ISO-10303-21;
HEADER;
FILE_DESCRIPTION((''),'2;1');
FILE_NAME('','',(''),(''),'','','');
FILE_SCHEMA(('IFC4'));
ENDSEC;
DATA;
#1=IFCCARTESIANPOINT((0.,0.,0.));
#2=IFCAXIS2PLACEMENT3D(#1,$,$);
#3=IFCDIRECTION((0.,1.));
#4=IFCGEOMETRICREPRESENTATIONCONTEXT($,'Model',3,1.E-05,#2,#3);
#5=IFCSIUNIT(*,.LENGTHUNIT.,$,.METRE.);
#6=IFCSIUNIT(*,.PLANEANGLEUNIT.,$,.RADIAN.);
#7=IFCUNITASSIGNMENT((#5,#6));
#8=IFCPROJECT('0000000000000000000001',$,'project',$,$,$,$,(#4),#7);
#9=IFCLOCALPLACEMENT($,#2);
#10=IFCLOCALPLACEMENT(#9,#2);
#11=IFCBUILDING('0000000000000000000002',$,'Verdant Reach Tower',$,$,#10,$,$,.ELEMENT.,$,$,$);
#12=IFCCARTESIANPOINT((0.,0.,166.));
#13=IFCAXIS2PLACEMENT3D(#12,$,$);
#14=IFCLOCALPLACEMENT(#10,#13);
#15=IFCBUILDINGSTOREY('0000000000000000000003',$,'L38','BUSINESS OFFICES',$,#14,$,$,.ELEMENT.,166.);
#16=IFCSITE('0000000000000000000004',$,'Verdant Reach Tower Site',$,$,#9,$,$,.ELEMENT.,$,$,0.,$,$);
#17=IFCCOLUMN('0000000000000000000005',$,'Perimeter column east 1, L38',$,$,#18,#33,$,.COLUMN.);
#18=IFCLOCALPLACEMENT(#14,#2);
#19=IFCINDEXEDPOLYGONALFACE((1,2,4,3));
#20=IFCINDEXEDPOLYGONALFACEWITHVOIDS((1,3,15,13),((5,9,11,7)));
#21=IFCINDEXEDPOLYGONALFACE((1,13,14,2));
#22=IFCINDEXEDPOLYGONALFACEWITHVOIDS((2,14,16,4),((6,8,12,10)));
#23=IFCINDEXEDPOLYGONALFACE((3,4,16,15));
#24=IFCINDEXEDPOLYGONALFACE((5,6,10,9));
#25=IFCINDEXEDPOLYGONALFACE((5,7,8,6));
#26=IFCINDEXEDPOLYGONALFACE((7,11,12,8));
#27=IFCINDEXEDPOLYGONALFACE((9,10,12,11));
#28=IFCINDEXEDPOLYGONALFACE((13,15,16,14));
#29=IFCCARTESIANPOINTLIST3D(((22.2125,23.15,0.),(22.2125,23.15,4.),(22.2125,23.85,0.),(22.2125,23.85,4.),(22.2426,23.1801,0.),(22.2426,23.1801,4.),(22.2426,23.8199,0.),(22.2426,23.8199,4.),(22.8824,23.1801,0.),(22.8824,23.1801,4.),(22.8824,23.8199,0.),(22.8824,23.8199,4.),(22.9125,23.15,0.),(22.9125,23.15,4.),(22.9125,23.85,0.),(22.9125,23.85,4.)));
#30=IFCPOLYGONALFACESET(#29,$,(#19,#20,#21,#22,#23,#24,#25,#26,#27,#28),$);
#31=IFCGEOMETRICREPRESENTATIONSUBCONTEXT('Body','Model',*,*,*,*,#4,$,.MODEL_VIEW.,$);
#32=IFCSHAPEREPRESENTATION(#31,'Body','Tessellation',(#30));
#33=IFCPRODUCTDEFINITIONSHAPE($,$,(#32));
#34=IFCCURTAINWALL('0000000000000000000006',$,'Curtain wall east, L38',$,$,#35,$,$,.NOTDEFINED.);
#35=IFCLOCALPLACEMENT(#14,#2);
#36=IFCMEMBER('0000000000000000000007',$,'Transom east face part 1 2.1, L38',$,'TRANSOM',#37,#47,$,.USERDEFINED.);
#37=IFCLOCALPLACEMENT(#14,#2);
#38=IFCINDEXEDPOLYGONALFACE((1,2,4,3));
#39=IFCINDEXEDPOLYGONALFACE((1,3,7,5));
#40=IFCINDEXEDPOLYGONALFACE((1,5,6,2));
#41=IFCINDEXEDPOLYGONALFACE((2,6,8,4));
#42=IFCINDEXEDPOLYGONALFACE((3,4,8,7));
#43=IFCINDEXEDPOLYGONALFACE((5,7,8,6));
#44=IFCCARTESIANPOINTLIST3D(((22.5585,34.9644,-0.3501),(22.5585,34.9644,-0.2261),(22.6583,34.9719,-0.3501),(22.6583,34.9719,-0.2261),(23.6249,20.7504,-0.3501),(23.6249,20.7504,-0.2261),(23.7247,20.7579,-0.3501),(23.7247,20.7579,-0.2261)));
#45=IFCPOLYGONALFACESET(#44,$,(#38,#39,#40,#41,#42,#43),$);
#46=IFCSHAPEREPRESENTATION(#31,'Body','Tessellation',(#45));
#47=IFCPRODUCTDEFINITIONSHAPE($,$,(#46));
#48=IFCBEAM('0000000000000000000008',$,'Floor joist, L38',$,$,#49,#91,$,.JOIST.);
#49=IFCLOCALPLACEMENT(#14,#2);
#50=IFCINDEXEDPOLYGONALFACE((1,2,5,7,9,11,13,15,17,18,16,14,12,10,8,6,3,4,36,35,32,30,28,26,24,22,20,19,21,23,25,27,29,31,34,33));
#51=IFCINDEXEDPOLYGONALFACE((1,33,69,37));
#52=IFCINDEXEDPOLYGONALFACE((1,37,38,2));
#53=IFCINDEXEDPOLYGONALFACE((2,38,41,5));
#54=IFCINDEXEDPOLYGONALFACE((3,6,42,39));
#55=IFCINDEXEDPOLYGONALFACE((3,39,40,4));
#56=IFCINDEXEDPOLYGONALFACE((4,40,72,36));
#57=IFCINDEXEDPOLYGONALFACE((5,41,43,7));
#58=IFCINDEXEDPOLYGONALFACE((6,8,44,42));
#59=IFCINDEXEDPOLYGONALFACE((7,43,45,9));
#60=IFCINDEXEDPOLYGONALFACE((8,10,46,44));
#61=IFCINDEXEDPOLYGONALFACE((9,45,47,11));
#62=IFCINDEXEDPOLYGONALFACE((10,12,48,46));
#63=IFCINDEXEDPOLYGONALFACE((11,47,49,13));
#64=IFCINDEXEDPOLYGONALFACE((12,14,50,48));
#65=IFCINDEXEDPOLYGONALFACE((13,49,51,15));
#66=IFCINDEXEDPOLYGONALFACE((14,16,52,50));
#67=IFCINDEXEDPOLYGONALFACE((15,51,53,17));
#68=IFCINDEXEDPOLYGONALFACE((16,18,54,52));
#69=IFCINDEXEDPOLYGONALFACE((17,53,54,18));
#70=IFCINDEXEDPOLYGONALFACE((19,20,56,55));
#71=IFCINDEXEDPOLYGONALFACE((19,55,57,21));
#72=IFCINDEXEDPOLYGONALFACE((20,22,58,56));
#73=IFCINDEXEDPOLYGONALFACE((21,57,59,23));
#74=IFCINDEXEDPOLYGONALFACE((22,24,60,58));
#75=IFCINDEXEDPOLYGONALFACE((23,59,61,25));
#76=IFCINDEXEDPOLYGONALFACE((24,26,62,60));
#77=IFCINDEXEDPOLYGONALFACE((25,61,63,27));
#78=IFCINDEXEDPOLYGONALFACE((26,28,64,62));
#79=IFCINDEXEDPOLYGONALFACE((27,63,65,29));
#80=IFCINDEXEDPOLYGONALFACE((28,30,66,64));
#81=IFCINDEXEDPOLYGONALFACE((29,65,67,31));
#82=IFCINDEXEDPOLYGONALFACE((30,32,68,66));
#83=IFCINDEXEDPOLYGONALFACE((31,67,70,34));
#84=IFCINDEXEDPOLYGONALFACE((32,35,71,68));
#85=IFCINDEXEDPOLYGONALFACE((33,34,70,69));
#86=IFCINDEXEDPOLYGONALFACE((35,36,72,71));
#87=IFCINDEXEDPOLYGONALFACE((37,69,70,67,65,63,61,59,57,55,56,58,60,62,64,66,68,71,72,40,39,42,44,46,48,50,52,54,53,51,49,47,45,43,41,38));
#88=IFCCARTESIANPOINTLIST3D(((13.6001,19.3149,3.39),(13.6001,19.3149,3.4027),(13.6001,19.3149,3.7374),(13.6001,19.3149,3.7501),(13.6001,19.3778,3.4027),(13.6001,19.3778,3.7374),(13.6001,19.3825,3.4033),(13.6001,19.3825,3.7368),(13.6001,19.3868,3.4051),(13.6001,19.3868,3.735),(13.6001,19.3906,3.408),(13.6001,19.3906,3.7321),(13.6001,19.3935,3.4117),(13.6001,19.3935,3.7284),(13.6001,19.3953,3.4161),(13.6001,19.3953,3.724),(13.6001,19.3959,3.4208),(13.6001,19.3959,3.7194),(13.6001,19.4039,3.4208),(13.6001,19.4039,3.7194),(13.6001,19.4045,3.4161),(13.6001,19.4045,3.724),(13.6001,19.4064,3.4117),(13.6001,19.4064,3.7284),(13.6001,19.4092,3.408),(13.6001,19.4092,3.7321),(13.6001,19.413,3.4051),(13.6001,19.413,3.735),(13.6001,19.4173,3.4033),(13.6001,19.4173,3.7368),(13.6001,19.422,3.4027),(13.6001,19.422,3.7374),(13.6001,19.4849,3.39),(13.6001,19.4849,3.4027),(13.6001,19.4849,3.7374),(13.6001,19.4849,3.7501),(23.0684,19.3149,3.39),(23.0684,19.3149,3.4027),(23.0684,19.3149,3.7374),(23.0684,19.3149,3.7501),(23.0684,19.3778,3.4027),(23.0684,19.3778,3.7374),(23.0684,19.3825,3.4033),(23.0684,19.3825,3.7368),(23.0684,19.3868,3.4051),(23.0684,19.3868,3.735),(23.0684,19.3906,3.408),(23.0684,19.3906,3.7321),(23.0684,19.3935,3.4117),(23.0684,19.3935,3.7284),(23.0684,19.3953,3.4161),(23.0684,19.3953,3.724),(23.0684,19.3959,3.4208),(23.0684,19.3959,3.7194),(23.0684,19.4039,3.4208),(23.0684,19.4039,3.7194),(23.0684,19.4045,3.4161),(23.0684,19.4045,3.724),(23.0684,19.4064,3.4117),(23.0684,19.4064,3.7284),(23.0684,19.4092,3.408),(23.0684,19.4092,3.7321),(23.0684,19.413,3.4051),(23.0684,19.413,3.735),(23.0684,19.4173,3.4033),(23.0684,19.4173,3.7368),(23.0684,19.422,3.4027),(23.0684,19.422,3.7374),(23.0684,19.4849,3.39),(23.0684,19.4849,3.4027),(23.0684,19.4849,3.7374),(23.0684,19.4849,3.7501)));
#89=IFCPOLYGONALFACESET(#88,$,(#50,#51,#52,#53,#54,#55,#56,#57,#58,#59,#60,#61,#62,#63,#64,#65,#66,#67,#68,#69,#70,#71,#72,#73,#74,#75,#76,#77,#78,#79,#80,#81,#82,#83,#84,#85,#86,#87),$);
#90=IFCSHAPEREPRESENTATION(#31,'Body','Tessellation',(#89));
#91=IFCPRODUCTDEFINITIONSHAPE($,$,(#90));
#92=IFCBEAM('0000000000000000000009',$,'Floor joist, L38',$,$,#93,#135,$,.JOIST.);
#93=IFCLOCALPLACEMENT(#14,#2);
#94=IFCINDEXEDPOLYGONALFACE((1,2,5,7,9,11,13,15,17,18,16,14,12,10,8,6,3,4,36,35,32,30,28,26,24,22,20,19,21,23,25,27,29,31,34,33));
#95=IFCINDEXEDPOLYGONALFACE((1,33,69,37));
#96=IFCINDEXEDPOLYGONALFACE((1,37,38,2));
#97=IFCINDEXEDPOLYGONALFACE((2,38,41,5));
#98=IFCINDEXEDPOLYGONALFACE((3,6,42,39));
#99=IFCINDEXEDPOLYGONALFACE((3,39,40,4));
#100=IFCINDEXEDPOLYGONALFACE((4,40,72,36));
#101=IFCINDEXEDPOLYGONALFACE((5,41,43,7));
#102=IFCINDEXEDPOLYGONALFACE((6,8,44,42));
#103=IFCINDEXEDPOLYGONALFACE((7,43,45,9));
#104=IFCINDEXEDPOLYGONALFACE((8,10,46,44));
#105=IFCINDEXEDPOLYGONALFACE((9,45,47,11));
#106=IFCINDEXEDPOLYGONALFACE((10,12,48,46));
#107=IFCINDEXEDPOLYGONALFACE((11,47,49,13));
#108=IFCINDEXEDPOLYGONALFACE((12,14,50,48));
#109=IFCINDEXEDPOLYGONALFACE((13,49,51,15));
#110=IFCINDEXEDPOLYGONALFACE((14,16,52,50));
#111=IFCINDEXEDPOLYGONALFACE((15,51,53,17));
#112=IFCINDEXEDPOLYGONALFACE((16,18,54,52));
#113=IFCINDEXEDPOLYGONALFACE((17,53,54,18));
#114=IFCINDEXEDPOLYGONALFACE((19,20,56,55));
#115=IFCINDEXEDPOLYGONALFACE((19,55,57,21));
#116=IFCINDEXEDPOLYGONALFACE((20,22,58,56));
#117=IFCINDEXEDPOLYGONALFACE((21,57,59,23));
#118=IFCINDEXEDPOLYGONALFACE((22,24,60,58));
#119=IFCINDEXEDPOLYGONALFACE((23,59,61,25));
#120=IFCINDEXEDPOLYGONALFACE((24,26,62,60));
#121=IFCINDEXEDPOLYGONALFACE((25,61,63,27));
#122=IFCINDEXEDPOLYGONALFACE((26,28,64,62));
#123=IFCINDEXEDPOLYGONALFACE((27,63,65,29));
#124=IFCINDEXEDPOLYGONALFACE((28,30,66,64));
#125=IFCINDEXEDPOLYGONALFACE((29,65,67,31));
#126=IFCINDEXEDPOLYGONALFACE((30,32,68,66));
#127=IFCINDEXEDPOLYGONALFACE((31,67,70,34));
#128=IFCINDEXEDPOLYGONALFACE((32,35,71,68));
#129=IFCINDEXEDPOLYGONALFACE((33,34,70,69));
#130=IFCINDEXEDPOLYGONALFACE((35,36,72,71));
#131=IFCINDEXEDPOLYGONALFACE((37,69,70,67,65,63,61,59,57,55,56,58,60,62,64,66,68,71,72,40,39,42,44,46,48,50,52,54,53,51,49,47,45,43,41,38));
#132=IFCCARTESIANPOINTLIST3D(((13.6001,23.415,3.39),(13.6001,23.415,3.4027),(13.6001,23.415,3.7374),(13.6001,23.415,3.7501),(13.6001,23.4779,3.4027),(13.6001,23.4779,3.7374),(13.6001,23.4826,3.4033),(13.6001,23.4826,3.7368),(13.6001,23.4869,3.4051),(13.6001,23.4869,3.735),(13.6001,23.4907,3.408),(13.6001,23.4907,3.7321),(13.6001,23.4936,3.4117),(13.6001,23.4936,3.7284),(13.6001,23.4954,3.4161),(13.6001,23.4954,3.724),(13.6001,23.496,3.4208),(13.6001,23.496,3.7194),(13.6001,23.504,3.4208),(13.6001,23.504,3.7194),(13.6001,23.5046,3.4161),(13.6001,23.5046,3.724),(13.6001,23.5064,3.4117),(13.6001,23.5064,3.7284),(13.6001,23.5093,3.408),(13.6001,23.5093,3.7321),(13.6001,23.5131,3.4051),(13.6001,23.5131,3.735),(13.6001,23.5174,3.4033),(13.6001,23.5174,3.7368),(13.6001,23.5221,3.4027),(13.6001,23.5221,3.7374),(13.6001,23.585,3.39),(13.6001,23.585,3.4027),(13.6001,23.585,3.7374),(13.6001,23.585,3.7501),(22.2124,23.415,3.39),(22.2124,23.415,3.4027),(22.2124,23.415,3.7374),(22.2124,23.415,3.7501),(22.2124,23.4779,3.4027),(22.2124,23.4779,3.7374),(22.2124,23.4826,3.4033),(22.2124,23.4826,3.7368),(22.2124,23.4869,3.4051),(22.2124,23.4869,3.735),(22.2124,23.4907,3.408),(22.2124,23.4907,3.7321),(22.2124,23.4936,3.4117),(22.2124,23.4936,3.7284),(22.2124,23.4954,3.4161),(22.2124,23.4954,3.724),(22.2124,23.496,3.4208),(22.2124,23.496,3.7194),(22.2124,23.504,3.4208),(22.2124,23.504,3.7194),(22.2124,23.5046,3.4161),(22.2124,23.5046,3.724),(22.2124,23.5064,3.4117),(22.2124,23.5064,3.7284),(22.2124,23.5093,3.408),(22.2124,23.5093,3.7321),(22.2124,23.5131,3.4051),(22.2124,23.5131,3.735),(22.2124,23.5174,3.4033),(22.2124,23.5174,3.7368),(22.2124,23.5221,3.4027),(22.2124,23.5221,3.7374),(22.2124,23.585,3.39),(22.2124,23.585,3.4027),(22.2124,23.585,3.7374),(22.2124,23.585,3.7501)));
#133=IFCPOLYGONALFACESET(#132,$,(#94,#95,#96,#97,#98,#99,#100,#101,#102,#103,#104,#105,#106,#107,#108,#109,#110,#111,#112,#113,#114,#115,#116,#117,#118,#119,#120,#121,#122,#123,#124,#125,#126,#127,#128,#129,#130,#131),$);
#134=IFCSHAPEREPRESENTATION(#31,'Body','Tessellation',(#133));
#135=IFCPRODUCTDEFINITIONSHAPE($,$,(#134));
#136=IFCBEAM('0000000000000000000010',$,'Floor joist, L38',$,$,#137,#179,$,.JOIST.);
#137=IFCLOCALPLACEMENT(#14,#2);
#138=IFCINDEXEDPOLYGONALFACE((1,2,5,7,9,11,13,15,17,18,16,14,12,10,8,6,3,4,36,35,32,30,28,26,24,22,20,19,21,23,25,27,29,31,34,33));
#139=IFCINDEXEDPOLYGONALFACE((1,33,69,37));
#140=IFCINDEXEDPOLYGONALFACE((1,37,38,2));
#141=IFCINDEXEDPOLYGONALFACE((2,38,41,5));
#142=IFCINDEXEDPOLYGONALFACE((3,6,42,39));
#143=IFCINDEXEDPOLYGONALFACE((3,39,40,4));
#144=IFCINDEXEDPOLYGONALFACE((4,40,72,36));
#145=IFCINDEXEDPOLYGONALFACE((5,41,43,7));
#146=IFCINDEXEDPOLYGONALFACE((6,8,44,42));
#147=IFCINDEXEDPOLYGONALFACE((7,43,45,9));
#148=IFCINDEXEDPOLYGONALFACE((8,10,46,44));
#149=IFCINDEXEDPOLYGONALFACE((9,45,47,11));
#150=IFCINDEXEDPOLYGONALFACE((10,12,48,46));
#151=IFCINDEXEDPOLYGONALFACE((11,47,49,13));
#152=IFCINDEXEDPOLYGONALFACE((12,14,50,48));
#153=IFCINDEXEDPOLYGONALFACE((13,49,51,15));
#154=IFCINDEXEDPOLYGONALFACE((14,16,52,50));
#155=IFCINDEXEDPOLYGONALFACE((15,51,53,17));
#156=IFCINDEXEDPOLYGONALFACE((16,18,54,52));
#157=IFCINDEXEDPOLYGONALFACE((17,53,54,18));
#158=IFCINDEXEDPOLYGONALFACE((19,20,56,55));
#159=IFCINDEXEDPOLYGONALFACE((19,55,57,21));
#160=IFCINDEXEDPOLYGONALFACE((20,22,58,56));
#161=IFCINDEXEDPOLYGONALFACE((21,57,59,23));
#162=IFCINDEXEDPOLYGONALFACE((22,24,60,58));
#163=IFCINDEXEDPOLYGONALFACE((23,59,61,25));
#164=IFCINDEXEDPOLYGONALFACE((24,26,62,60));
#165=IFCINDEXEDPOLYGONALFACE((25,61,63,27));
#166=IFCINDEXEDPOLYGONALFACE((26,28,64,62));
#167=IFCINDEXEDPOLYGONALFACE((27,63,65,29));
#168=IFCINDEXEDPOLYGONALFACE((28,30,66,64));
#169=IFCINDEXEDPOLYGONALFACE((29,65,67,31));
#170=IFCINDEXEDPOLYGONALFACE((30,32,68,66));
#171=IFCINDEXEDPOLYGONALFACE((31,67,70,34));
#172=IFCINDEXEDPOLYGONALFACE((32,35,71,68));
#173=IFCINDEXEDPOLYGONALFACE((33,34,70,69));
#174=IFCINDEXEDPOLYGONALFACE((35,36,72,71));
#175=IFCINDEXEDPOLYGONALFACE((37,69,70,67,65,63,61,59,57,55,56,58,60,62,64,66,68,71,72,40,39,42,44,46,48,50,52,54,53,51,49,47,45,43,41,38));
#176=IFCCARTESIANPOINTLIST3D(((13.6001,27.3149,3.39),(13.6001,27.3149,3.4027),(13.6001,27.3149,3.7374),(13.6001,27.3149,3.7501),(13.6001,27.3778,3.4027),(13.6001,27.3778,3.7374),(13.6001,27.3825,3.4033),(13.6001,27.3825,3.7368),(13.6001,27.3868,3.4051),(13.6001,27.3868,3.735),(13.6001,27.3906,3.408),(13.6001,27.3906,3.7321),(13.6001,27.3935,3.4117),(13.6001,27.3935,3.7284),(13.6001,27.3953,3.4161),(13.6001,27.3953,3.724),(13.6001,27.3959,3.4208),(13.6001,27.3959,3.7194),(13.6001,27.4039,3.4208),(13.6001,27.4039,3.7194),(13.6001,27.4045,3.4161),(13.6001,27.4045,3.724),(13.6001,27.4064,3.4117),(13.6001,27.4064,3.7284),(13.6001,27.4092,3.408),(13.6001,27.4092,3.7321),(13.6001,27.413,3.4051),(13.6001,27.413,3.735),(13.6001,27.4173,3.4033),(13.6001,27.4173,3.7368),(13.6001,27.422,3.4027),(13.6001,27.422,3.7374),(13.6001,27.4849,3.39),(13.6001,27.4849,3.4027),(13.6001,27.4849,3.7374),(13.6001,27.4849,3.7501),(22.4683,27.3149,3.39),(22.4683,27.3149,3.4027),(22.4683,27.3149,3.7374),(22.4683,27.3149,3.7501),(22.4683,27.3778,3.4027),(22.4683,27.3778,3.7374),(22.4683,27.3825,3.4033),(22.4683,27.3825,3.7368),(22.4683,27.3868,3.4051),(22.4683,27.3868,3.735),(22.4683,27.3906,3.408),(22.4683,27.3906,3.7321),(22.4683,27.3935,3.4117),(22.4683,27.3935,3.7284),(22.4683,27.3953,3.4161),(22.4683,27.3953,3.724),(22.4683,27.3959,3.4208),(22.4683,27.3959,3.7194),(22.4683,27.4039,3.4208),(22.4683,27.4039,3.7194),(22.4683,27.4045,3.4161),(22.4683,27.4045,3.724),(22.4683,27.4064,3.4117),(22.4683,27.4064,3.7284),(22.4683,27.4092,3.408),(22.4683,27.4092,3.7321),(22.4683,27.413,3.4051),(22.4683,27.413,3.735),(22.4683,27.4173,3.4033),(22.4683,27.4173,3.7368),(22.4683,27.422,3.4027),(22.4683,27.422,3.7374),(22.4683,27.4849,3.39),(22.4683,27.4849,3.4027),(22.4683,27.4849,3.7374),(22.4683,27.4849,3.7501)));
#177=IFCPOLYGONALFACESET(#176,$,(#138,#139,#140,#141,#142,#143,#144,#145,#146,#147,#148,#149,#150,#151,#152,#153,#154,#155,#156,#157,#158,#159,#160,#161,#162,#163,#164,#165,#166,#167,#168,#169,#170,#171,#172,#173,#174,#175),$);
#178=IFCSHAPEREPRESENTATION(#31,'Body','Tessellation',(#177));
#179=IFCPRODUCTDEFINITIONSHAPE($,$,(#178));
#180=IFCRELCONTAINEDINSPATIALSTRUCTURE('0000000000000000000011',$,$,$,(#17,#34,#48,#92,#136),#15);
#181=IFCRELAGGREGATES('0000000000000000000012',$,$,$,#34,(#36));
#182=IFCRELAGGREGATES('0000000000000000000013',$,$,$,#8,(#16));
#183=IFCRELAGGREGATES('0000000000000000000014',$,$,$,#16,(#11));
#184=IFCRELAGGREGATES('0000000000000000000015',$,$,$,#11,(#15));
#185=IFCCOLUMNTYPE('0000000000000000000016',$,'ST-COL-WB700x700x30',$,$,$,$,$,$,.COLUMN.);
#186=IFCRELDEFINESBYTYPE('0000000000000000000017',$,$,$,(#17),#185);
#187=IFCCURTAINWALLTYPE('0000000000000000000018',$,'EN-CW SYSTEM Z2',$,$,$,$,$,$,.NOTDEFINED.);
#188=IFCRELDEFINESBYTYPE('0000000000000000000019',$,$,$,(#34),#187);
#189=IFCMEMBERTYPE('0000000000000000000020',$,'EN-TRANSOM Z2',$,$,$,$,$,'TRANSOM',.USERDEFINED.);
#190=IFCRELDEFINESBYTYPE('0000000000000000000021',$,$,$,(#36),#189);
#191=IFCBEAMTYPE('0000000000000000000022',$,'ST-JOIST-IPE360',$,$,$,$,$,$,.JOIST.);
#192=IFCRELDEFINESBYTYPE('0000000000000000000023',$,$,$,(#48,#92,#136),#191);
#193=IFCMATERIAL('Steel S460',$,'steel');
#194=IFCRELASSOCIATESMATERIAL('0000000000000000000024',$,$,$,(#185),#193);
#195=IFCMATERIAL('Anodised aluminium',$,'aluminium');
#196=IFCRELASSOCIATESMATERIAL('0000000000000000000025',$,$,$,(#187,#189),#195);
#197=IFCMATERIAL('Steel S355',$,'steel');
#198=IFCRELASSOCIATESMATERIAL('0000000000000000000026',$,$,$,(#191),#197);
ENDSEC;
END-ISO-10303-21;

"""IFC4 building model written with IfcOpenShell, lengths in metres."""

from ifc_helpers import new_model, si_unit, direction, frame, origin, origin_2d, place, context, subcontext, project, spatial, rectangle, hollow_rectangle, i_section, extrude, material, material_profile, profile_set, type_object, element, aggregate, save


model = new_model("IFC4")

# Units and contexts
model_context = context("Model", 3, precision=1e-05, world=origin(), true_north=direction((0.0, 1.0)))
body_context = subcontext(model_context, "Body", "Model", "MODEL_VIEW")
ifc_project = project(units=[si_unit("LENGTHUNIT", "METRE"), si_unit("PLANEANGLEUNIT", "RADIAN")], contexts=[model_context])

# Site, building, storey
site_placement = place(None, origin())
site = spatial("IfcSite", under=ifc_project, at=site_placement, Name="Verdant Reach Tower Site", CompositionType="ELEMENT", RefElevation=0.0)
building_placement = place(site_placement, origin())
building = spatial("IfcBuilding", under=site, at=building_placement, Name="Verdant Reach Tower", CompositionType="ELEMENT")
storey_placement = place(building_placement, frame((0.0, 0.0, 166.0)))
storey = spatial("IfcBuildingStorey", under=building, at=storey_placement, Name="L38", Description="BUSINESS OFFICES", CompositionType="ELEMENT", Elevation=166.0)

# Column
ifc_material_1 = material(Name="Steel S460", Category="steel")
ifc_material_profile_1 = material_profile(ifc_material_1, hollow_rectangle(XDim=0.7, YDim=0.7, WallThickness=0.03, at=origin_2d()), Name="WB 700x700x30")
ifc_profile_set_1 = profile_set([ifc_material_profile_1], Name="Steel S460")
column_type = type_object("IfcColumnType", Name="ST-COL-WB700x700x30", PredefinedType="COLUMN", material=ifc_profile_set_1)
column_placement = place(storey_placement, frame((22.5625, 23.5, 0.0), z_axis=(0.0, 0.0, 1.0), x_axis=(1.0, 0.0, 0.0)))
element("IfcColumn", 1, at=column_placement, inside=storey, type_object=column_type, Name="Perimeter column east 1, L38", PredefinedType="COLUMN", context=body_context, shape_type="SweptSolid", body=[
    extrude(hollow_rectangle(XDim=0.7, YDim=0.7, WallThickness=0.03, at=origin_2d()), origin(), (0.0, 0.0, 1.0), 4.0),
])

# Curtain wall, member
ifc_material_2 = material(Name="Anodised aluminium", Category="aluminium")
curtain_wall_type = type_object("IfcCurtainWallType", Name="EN-CW SYSTEM Z2", PredefinedType="NOTDEFINED", material=ifc_material_2)
curtain_wall_placement = place(storey_placement, origin())
curtain_wall = element("IfcCurtainWall", 2, at=curtain_wall_placement, inside=storey, type_object=curtain_wall_type, Name="Curtain wall east, L38", PredefinedType="NOTDEFINED")
ifc_material_profile_2 = material_profile(ifc_material_2, rectangle(XDim=0.1001, YDim=0.124, at=origin_2d()), Name="Transom 124x100")
ifc_profile_set_2 = profile_set([ifc_material_profile_2], Name="Anodised aluminium")
member_type = type_object("IfcMemberType", Name="EN-TRANSOM Z2", ElementType="TRANSOM", PredefinedType="USERDEFINED", material=ifc_profile_set_2)
member_placement = place(storey_placement, frame((23.6748, 20.7542, -0.2881), z_axis=(-0.074815, 0.997197, 0.0), x_axis=(-0.997197, -0.074815, 0.0)))
member = element("IfcMember", 3, at=member_placement, type_object=member_type, Name="Transom east face part 1 2.1, L38", ObjectType="TRANSOM", PredefinedType="USERDEFINED", context=body_context, shape_type="SweptSolid", body=[
    extrude(rectangle(XDim=0.1001, YDim=0.124, at=origin_2d()), origin(), (0.0, 0.0, 1.0), 14.2539),
])

# Beams
ifc_material_3 = material(Name="Steel S355", Category="steel")
ifc_material_profile_3 = material_profile(ifc_material_3, i_section(OverallWidth=0.1699, OverallDepth=0.3601, WebThickness=0.0081, FlangeThickness=0.0127, FilletRadius=0.0181, at=origin_2d()), Name="IPE 360")
ifc_profile_set_3 = profile_set([ifc_material_profile_3], Name="Steel S355")
beam_type = type_object("IfcBeamType", Name="ST-JOIST-IPE360", PredefinedType="JOIST", material=ifc_profile_set_3)
beam_1_placement = place(storey_placement, frame((13.6001, 19.3999, 3.5701), z_axis=(1.0, 0.0, 0.0), x_axis=(0.0, 1.0, 0.0)))
element("IfcBeam", 4, at=beam_1_placement, inside=storey, type_object=beam_type, Name="Floor joist, L38", PredefinedType="JOIST", context=body_context, shape_type="SweptSolid", body=[
    extrude(i_section(OverallWidth=0.1699, OverallDepth=0.3601, WebThickness=0.0081, FlangeThickness=0.0127, FilletRadius=0.0181, at=origin_2d()), origin(), (0.0, 0.0, 1.0), 9.4683),
])
beam_2_placement = place(storey_placement, frame((13.6001, 23.5, 3.5701), z_axis=(1.0, 0.0, 0.0), x_axis=(0.0, 1.0, 0.0)))
element("IfcBeam", 5, at=beam_2_placement, inside=storey, type_object=beam_type, Name="Floor joist, L38", PredefinedType="JOIST", context=body_context, shape_type="SweptSolid", body=[
    extrude(i_section(OverallWidth=0.1699, OverallDepth=0.3601, WebThickness=0.0081, FlangeThickness=0.0127, FilletRadius=0.0181, at=origin_2d()), origin(), (0.0, 0.0, 1.0), 8.6123),
])
beam_3_placement = place(storey_placement, frame((13.6001, 27.3999, 3.5701), z_axis=(1.0, 0.0, 0.0), x_axis=(0.0, 1.0, 0.0)))
element("IfcBeam", 6, at=beam_3_placement, inside=storey, type_object=beam_type, Name="Floor joist, L38", PredefinedType="JOIST", context=body_context, shape_type="SweptSolid", body=[
    extrude(i_section(OverallWidth=0.1699, OverallDepth=0.3601, WebThickness=0.0081, FlangeThickness=0.0127, FilletRadius=0.0181, at=origin_2d()), origin(), (0.0, 0.0, 1.0), 8.8682),
])

aggregate(curtain_wall, [member])

save(model, "model.ifc")
